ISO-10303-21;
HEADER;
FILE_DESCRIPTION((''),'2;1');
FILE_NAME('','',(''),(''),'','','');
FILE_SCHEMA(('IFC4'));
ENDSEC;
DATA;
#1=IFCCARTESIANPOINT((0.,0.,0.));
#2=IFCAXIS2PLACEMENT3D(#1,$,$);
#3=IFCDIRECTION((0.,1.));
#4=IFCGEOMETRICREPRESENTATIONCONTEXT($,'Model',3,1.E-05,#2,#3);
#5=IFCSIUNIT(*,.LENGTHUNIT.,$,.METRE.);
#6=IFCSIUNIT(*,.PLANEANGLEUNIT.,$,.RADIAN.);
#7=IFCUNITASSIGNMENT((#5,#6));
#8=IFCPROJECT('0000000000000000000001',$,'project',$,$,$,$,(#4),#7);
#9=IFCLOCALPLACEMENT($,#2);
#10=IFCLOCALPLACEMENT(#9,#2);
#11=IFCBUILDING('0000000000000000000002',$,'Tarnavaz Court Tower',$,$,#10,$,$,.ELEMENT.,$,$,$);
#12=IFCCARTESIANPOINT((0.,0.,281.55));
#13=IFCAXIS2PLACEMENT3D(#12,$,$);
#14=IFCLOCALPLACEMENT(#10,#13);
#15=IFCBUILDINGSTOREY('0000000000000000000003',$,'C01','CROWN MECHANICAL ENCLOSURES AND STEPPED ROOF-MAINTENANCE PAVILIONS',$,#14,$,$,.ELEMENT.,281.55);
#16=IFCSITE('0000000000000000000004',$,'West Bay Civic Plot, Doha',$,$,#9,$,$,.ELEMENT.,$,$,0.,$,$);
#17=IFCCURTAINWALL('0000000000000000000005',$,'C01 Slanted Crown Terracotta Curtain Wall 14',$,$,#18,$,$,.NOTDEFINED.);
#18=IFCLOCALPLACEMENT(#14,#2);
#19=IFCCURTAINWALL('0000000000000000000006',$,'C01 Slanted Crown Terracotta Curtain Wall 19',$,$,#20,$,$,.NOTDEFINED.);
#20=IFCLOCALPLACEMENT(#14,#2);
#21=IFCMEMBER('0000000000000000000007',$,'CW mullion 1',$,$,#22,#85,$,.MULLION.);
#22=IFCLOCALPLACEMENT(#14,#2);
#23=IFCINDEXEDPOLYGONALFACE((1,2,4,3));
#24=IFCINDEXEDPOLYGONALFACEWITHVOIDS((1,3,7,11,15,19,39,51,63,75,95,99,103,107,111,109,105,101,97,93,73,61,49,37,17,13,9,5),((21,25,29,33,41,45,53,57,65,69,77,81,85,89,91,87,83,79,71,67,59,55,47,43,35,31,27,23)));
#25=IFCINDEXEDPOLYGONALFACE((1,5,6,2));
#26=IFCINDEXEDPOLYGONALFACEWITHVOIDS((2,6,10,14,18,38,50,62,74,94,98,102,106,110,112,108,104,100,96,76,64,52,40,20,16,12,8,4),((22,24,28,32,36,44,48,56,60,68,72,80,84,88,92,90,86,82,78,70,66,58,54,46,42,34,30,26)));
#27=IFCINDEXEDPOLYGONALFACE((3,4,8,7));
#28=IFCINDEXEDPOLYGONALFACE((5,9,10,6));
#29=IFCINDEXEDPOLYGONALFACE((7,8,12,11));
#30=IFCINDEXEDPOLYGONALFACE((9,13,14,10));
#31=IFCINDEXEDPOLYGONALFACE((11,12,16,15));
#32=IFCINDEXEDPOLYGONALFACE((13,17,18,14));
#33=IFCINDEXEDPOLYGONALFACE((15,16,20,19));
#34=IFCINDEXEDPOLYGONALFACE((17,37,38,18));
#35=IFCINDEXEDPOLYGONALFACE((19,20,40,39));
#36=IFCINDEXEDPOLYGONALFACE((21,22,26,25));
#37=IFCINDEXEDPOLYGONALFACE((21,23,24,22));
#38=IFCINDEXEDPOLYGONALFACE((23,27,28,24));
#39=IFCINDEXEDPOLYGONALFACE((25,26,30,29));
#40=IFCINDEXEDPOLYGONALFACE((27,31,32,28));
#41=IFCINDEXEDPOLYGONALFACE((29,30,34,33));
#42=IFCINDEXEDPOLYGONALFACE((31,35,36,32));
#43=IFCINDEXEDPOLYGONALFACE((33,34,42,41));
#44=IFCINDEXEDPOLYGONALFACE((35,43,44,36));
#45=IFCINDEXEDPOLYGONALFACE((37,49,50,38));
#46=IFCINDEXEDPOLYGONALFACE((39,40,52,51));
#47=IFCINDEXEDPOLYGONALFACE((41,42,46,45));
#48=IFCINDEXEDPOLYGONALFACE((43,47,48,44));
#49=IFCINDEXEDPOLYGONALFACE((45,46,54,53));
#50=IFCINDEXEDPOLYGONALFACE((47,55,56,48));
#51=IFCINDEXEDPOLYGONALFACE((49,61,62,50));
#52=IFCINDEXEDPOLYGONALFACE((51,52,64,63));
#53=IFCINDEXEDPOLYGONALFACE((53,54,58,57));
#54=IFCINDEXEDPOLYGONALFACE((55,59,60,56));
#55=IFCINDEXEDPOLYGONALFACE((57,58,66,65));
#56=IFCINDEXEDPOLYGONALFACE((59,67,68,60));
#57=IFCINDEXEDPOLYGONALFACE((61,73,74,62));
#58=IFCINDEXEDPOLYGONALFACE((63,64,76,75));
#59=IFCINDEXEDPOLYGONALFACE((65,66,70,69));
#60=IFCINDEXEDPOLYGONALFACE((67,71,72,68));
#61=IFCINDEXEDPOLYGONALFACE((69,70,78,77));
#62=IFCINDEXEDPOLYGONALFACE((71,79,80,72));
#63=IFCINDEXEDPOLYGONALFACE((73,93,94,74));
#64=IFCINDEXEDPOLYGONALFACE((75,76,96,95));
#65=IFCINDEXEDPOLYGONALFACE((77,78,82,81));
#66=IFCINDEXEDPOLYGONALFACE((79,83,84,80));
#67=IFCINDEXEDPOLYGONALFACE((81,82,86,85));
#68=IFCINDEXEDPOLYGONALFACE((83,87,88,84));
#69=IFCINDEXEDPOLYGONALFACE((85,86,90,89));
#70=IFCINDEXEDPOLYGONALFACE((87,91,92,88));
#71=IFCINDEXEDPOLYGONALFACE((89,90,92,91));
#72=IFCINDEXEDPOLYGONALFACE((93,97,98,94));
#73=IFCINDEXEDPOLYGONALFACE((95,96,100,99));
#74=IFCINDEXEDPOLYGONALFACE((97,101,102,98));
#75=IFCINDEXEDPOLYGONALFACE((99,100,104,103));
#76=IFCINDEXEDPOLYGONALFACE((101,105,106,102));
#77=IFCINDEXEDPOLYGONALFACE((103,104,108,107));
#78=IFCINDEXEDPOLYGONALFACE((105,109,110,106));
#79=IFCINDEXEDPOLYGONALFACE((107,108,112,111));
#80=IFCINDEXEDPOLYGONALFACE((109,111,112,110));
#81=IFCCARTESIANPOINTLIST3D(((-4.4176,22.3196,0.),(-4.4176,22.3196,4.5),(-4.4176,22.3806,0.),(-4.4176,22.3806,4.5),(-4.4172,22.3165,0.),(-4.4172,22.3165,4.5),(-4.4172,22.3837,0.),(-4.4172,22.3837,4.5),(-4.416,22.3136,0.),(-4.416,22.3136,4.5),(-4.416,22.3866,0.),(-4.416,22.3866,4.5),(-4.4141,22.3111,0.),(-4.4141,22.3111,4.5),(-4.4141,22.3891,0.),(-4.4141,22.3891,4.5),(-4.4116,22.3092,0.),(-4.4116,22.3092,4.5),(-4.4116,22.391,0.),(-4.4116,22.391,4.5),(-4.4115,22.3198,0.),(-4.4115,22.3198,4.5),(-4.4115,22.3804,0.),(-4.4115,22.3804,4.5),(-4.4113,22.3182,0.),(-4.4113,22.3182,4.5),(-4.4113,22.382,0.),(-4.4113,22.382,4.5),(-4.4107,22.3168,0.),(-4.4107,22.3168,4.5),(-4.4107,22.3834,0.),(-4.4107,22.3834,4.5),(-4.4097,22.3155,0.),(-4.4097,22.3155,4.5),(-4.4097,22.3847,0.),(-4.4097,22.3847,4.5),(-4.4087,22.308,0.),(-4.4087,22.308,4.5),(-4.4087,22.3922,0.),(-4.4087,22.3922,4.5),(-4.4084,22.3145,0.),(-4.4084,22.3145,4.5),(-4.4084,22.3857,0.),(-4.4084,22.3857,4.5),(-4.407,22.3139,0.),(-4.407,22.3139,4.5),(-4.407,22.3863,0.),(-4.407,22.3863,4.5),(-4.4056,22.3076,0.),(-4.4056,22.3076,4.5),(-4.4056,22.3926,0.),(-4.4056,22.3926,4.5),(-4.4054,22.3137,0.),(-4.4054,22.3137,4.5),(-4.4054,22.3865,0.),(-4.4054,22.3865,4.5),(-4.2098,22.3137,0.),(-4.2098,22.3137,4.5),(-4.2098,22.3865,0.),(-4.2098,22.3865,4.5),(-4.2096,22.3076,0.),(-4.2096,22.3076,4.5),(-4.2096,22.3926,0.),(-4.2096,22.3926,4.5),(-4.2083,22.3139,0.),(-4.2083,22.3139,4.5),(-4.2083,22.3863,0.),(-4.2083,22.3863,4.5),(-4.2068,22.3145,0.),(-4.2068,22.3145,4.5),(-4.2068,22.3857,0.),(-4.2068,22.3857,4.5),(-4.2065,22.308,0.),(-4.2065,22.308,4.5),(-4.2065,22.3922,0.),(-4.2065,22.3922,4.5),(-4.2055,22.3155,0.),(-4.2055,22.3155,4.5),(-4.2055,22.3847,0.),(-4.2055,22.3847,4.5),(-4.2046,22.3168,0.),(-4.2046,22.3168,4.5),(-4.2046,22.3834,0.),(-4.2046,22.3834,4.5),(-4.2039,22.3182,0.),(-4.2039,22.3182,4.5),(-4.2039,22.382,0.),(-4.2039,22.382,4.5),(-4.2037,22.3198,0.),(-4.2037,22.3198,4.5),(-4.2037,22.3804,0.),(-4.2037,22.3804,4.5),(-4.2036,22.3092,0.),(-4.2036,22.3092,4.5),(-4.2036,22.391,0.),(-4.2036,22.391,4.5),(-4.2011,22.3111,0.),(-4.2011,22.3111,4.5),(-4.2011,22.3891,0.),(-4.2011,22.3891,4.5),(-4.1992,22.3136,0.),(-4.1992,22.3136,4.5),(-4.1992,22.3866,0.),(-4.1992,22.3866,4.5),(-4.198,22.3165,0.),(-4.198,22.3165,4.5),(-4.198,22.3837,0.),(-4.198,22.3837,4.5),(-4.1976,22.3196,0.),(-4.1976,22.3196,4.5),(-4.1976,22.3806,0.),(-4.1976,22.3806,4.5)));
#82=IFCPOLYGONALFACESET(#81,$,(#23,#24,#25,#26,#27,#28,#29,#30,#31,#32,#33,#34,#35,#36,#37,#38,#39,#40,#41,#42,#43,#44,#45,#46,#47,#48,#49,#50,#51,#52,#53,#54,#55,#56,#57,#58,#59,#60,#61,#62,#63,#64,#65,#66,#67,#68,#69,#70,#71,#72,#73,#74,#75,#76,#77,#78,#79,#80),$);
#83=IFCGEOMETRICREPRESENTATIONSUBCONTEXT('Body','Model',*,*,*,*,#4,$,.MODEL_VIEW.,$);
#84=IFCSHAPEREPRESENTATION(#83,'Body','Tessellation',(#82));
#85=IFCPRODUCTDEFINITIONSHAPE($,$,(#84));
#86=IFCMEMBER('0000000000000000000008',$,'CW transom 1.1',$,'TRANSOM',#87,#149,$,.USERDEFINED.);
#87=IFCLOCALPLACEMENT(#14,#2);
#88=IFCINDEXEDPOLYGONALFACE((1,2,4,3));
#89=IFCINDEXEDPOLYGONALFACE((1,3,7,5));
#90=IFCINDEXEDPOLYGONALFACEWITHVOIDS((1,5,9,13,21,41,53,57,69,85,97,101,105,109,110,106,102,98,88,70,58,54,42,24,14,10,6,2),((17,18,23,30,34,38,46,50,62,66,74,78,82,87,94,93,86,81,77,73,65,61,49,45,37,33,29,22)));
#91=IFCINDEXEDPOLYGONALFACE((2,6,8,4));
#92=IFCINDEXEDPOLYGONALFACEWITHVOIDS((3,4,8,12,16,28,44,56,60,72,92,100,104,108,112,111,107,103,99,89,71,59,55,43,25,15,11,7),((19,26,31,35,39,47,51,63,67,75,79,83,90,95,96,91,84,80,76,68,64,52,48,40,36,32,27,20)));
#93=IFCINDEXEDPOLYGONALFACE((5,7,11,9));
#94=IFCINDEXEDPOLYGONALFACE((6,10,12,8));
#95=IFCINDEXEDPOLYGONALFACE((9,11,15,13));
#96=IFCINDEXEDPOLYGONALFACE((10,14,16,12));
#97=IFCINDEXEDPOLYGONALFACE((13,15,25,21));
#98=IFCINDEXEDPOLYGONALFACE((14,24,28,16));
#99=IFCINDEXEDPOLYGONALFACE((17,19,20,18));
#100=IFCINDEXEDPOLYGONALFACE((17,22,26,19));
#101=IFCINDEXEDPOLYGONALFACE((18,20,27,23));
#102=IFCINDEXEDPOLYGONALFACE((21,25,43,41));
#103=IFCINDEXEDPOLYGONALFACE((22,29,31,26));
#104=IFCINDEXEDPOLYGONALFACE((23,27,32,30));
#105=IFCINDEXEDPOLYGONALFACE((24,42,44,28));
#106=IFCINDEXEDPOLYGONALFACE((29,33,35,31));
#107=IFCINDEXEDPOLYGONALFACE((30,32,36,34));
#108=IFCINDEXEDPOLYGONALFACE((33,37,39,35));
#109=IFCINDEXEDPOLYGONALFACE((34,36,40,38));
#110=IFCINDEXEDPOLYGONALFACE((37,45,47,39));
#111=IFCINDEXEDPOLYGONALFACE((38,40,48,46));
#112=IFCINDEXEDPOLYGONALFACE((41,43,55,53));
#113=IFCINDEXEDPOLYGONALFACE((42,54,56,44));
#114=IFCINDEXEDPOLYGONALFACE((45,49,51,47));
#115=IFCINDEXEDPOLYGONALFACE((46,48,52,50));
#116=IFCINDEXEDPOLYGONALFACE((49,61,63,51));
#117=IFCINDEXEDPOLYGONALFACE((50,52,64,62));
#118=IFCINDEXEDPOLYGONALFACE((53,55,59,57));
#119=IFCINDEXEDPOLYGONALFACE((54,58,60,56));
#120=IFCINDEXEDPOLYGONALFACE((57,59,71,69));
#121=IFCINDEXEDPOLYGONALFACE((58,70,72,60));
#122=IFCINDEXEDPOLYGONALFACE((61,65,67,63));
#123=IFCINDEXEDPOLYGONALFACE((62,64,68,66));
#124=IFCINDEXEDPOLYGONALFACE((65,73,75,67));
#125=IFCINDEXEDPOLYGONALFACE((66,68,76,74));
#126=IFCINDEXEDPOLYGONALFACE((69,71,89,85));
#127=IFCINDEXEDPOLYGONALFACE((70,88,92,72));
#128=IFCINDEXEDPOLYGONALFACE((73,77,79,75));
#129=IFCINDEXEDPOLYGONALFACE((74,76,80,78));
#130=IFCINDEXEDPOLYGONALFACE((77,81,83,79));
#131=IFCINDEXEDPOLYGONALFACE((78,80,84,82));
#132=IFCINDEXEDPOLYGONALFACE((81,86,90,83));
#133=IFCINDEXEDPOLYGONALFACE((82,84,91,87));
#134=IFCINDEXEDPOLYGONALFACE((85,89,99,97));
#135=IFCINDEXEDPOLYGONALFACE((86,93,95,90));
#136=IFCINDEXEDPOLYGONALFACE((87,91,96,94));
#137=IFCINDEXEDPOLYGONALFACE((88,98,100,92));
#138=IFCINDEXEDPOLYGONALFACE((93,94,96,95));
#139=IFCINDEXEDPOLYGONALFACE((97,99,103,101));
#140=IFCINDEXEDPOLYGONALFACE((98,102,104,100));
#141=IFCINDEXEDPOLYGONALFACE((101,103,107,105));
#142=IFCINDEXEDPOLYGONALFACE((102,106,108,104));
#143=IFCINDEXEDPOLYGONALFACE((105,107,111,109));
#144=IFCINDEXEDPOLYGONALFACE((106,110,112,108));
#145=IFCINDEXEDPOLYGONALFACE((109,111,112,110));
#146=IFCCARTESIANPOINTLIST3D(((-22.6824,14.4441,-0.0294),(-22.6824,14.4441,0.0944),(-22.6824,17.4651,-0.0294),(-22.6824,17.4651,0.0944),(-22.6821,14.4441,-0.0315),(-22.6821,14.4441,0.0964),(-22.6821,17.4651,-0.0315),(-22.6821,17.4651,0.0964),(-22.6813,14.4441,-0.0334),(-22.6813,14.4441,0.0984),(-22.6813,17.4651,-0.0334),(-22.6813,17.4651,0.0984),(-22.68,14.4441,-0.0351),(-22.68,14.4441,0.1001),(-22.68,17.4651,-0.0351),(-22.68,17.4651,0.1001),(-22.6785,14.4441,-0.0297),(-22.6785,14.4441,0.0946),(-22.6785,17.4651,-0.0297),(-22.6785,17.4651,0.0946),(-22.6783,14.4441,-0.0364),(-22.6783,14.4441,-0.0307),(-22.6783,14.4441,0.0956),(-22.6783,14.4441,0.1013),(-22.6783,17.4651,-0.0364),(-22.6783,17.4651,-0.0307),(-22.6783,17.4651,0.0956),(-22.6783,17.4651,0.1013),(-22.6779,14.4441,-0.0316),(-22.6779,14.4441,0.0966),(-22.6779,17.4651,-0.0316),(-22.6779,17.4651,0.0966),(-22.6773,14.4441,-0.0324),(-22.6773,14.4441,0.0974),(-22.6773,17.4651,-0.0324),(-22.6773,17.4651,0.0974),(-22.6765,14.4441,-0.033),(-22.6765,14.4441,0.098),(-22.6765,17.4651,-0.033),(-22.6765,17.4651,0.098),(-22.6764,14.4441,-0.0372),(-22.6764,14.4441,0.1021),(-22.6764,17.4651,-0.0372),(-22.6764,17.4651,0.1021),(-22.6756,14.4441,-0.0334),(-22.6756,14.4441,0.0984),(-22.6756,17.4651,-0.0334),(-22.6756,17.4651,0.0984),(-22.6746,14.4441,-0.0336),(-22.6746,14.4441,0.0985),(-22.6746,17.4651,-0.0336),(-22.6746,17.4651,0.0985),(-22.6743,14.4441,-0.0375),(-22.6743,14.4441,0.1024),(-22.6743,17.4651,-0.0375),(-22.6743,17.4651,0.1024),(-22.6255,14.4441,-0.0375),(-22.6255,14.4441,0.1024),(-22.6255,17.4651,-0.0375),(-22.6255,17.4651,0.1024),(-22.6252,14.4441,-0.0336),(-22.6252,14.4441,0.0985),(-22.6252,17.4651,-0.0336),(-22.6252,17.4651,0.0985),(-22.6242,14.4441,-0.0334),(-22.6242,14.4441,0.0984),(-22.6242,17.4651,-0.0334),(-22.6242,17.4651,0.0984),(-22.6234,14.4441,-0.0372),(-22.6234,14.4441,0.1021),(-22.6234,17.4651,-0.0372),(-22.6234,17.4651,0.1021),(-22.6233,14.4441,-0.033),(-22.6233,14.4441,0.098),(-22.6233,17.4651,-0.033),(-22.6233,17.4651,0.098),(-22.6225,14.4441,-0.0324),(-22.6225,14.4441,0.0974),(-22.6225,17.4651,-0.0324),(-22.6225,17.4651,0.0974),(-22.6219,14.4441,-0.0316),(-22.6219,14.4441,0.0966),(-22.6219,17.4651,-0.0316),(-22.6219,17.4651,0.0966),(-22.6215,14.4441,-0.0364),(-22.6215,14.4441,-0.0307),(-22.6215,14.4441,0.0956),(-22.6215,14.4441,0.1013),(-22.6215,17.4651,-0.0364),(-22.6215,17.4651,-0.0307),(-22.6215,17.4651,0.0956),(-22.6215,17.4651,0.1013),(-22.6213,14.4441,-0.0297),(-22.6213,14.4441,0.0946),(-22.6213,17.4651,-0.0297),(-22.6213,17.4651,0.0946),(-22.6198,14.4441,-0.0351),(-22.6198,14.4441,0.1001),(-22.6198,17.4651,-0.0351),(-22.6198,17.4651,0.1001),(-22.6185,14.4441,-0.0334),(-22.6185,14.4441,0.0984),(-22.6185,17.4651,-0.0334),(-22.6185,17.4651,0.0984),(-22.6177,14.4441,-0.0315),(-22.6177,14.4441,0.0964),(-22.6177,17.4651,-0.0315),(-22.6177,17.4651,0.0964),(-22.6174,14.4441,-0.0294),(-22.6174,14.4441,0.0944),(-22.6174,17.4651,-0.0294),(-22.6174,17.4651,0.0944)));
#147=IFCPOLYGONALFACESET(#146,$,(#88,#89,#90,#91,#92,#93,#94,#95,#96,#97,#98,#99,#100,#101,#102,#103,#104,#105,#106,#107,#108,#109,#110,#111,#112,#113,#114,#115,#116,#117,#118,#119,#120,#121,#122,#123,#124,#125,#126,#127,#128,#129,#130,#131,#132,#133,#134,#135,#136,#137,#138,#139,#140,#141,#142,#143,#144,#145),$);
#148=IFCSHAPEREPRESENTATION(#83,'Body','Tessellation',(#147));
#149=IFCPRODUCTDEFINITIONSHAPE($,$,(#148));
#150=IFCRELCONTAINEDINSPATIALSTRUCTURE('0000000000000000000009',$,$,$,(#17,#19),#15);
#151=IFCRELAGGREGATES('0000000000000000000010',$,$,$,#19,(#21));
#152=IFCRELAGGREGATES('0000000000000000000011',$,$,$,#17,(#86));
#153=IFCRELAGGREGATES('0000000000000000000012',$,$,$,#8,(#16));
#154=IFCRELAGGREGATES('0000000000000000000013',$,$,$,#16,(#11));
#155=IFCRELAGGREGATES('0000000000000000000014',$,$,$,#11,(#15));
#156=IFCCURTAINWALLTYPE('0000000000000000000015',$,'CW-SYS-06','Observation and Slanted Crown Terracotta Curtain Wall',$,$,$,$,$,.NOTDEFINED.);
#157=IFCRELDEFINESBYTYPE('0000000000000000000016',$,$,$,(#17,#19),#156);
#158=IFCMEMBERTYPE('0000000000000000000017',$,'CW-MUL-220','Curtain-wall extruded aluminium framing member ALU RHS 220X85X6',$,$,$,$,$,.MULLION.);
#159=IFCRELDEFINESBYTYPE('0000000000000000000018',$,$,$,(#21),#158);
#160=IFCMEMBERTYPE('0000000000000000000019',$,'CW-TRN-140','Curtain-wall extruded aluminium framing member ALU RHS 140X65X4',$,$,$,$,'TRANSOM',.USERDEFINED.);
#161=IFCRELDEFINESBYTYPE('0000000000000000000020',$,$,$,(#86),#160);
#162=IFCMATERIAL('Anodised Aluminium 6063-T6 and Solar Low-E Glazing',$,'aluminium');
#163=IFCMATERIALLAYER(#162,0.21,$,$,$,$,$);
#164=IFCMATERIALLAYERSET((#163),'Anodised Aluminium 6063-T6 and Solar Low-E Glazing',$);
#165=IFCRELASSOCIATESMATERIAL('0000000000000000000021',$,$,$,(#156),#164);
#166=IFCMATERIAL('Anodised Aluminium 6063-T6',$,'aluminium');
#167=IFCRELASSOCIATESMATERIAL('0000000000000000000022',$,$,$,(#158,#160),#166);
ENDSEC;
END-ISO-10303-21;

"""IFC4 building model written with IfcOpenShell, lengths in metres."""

from ifc_helpers import new_model, si_unit, direction, frame, origin, origin_2d, place, context, subcontext, project, spatial, hollow_rectangle, extrude, material, layer, layer_set, material_profile, profile_set, type_object, element, aggregate, save


model = new_model("IFC4")

# Units and contexts
model_context = context("Model", 3, precision=1e-05, world=origin(), true_north=direction((0.0, 1.0)))
body_context = subcontext(model_context, "Body", "Model", "MODEL_VIEW")
ifc_project = project(units=[si_unit("LENGTHUNIT", "METRE"), si_unit("PLANEANGLEUNIT", "RADIAN")], contexts=[model_context])

# Site, building, storey
site_placement = place(None, origin())
site = spatial("IfcSite", under=ifc_project, at=site_placement, Name="West Bay Civic Plot, Doha", CompositionType="ELEMENT", RefElevation=0.0)
building_placement = place(site_placement, origin())
building = spatial("IfcBuilding", under=site, at=building_placement, Name="Tarnavaz Court Tower", CompositionType="ELEMENT")
storey_placement = place(building_placement, frame((0.0, 0.0, 281.55)))
storey = spatial("IfcBuildingStorey", under=building, at=storey_placement, Name="C01", Description="CROWN MECHANICAL ENCLOSURES AND STEPPED ROOF-MAINTENANCE PAVILIONS", CompositionType="ELEMENT", Elevation=281.55)

# Shared definitions
ifc_material_1 = material(Name="Anodised Aluminium 6063-T6 and Solar Low-E Glazing", Category="aluminium")
ifc_layer_1 = layer(ifc_material_1, 0.21)
ifc_layer_set_1 = layer_set([ifc_layer_1], Name="Anodised Aluminium 6063-T6 and Solar Low-E Glazing")
curtain_wall_type = type_object("IfcCurtainWallType", Name="CW-SYS-06", Description="Observation and Slanted Crown Terracotta Curtain Wall", PredefinedType="NOTDEFINED", material=ifc_layer_set_1)
ifc_material_2 = material(Name="Anodised Aluminium 6063-T6", Category="aluminium")
ifc_material_profile_1 = material_profile(ifc_material_2, hollow_rectangle(XDim=0.085, YDim=0.22, WallThickness=0.0061, InnerFilletRadius=0.0061, OuterFilletRadius=0.012, at=origin_2d()), Name="ALU RHS 220X85X6")
ifc_profile_set_1 = profile_set([ifc_material_profile_1], Name="Anodised Aluminium 6063-T6")
member_type_1 = type_object("IfcMemberType", Name="CW-MUL-220", Description="Curtain-wall extruded aluminium framing member ALU RHS 220X85X6", PredefinedType="MULLION", material=ifc_profile_set_1)

# Curtain wall
curtain_wall_1_placement = place(storey_placement, origin())
curtain_wall_1 = element("IfcCurtainWall", 1, at=curtain_wall_1_placement, inside=storey, type_object=curtain_wall_type, Name="C01 Slanted Crown Terracotta Curtain Wall 14", PredefinedType="NOTDEFINED")

# Curtain wall, member
curtain_wall_2_placement = place(storey_placement, origin())
curtain_wall_2 = element("IfcCurtainWall", 2, at=curtain_wall_2_placement, inside=storey, type_object=curtain_wall_type, Name="C01 Slanted Crown Terracotta Curtain Wall 19", PredefinedType="NOTDEFINED")
member_1_placement = place(storey_placement, frame((-4.3076, 22.3501, 0.0), z_axis=(0.0, 0.0, 1.0), x_axis=(0.0, 1.0, 0.0)))
member_1 = element("IfcMember", 3, at=member_1_placement, type_object=member_type_1, Name="CW mullion 1", PredefinedType="MULLION", context=body_context, shape_type="SweptSolid", body=[
    extrude(hollow_rectangle(XDim=0.085, YDim=0.22, WallThickness=0.0061, InnerFilletRadius=0.0061, OuterFilletRadius=0.012, at=origin_2d()), origin(), (0.0, 0.0, 1.0), 4.5),
])

# Member
ifc_material_profile_2 = material_profile(ifc_material_2, hollow_rectangle(XDim=0.0649, YDim=0.1399, WallThickness=0.0039, InnerFilletRadius=0.0039, OuterFilletRadius=0.0081, at=origin_2d()), Name="ALU RHS 140X65X4")
ifc_profile_set_2 = profile_set([ifc_material_profile_2], Name="Anodised Aluminium 6063-T6")
member_type_2 = type_object("IfcMemberType", Name="CW-TRN-140", Description="Curtain-wall extruded aluminium framing member ALU RHS 140X65X4", ElementType="TRANSOM", PredefinedType="USERDEFINED", material=ifc_profile_set_2)
member_2_placement = place(storey_placement, frame((-22.6499, 14.4441, 0.0325), z_axis=(0.0, 1.0, 0.0), x_axis=(-1.0, 0.0, 0.0)))
member_2 = element("IfcMember", 4, at=member_2_placement, type_object=member_type_2, Name="CW transom 1.1", ObjectType="TRANSOM", PredefinedType="USERDEFINED", context=body_context, shape_type="SweptSolid", body=[
    extrude(hollow_rectangle(XDim=0.0649, YDim=0.1399, WallThickness=0.0039, InnerFilletRadius=0.0039, OuterFilletRadius=0.0081, at=origin_2d()), origin(), (0.0, 0.0, 1.0), 3.021),
])
aggregate(curtain_wall_2, [member_1])

aggregate(curtain_wall_1, [member_2])

save(model, "model.ifc")
